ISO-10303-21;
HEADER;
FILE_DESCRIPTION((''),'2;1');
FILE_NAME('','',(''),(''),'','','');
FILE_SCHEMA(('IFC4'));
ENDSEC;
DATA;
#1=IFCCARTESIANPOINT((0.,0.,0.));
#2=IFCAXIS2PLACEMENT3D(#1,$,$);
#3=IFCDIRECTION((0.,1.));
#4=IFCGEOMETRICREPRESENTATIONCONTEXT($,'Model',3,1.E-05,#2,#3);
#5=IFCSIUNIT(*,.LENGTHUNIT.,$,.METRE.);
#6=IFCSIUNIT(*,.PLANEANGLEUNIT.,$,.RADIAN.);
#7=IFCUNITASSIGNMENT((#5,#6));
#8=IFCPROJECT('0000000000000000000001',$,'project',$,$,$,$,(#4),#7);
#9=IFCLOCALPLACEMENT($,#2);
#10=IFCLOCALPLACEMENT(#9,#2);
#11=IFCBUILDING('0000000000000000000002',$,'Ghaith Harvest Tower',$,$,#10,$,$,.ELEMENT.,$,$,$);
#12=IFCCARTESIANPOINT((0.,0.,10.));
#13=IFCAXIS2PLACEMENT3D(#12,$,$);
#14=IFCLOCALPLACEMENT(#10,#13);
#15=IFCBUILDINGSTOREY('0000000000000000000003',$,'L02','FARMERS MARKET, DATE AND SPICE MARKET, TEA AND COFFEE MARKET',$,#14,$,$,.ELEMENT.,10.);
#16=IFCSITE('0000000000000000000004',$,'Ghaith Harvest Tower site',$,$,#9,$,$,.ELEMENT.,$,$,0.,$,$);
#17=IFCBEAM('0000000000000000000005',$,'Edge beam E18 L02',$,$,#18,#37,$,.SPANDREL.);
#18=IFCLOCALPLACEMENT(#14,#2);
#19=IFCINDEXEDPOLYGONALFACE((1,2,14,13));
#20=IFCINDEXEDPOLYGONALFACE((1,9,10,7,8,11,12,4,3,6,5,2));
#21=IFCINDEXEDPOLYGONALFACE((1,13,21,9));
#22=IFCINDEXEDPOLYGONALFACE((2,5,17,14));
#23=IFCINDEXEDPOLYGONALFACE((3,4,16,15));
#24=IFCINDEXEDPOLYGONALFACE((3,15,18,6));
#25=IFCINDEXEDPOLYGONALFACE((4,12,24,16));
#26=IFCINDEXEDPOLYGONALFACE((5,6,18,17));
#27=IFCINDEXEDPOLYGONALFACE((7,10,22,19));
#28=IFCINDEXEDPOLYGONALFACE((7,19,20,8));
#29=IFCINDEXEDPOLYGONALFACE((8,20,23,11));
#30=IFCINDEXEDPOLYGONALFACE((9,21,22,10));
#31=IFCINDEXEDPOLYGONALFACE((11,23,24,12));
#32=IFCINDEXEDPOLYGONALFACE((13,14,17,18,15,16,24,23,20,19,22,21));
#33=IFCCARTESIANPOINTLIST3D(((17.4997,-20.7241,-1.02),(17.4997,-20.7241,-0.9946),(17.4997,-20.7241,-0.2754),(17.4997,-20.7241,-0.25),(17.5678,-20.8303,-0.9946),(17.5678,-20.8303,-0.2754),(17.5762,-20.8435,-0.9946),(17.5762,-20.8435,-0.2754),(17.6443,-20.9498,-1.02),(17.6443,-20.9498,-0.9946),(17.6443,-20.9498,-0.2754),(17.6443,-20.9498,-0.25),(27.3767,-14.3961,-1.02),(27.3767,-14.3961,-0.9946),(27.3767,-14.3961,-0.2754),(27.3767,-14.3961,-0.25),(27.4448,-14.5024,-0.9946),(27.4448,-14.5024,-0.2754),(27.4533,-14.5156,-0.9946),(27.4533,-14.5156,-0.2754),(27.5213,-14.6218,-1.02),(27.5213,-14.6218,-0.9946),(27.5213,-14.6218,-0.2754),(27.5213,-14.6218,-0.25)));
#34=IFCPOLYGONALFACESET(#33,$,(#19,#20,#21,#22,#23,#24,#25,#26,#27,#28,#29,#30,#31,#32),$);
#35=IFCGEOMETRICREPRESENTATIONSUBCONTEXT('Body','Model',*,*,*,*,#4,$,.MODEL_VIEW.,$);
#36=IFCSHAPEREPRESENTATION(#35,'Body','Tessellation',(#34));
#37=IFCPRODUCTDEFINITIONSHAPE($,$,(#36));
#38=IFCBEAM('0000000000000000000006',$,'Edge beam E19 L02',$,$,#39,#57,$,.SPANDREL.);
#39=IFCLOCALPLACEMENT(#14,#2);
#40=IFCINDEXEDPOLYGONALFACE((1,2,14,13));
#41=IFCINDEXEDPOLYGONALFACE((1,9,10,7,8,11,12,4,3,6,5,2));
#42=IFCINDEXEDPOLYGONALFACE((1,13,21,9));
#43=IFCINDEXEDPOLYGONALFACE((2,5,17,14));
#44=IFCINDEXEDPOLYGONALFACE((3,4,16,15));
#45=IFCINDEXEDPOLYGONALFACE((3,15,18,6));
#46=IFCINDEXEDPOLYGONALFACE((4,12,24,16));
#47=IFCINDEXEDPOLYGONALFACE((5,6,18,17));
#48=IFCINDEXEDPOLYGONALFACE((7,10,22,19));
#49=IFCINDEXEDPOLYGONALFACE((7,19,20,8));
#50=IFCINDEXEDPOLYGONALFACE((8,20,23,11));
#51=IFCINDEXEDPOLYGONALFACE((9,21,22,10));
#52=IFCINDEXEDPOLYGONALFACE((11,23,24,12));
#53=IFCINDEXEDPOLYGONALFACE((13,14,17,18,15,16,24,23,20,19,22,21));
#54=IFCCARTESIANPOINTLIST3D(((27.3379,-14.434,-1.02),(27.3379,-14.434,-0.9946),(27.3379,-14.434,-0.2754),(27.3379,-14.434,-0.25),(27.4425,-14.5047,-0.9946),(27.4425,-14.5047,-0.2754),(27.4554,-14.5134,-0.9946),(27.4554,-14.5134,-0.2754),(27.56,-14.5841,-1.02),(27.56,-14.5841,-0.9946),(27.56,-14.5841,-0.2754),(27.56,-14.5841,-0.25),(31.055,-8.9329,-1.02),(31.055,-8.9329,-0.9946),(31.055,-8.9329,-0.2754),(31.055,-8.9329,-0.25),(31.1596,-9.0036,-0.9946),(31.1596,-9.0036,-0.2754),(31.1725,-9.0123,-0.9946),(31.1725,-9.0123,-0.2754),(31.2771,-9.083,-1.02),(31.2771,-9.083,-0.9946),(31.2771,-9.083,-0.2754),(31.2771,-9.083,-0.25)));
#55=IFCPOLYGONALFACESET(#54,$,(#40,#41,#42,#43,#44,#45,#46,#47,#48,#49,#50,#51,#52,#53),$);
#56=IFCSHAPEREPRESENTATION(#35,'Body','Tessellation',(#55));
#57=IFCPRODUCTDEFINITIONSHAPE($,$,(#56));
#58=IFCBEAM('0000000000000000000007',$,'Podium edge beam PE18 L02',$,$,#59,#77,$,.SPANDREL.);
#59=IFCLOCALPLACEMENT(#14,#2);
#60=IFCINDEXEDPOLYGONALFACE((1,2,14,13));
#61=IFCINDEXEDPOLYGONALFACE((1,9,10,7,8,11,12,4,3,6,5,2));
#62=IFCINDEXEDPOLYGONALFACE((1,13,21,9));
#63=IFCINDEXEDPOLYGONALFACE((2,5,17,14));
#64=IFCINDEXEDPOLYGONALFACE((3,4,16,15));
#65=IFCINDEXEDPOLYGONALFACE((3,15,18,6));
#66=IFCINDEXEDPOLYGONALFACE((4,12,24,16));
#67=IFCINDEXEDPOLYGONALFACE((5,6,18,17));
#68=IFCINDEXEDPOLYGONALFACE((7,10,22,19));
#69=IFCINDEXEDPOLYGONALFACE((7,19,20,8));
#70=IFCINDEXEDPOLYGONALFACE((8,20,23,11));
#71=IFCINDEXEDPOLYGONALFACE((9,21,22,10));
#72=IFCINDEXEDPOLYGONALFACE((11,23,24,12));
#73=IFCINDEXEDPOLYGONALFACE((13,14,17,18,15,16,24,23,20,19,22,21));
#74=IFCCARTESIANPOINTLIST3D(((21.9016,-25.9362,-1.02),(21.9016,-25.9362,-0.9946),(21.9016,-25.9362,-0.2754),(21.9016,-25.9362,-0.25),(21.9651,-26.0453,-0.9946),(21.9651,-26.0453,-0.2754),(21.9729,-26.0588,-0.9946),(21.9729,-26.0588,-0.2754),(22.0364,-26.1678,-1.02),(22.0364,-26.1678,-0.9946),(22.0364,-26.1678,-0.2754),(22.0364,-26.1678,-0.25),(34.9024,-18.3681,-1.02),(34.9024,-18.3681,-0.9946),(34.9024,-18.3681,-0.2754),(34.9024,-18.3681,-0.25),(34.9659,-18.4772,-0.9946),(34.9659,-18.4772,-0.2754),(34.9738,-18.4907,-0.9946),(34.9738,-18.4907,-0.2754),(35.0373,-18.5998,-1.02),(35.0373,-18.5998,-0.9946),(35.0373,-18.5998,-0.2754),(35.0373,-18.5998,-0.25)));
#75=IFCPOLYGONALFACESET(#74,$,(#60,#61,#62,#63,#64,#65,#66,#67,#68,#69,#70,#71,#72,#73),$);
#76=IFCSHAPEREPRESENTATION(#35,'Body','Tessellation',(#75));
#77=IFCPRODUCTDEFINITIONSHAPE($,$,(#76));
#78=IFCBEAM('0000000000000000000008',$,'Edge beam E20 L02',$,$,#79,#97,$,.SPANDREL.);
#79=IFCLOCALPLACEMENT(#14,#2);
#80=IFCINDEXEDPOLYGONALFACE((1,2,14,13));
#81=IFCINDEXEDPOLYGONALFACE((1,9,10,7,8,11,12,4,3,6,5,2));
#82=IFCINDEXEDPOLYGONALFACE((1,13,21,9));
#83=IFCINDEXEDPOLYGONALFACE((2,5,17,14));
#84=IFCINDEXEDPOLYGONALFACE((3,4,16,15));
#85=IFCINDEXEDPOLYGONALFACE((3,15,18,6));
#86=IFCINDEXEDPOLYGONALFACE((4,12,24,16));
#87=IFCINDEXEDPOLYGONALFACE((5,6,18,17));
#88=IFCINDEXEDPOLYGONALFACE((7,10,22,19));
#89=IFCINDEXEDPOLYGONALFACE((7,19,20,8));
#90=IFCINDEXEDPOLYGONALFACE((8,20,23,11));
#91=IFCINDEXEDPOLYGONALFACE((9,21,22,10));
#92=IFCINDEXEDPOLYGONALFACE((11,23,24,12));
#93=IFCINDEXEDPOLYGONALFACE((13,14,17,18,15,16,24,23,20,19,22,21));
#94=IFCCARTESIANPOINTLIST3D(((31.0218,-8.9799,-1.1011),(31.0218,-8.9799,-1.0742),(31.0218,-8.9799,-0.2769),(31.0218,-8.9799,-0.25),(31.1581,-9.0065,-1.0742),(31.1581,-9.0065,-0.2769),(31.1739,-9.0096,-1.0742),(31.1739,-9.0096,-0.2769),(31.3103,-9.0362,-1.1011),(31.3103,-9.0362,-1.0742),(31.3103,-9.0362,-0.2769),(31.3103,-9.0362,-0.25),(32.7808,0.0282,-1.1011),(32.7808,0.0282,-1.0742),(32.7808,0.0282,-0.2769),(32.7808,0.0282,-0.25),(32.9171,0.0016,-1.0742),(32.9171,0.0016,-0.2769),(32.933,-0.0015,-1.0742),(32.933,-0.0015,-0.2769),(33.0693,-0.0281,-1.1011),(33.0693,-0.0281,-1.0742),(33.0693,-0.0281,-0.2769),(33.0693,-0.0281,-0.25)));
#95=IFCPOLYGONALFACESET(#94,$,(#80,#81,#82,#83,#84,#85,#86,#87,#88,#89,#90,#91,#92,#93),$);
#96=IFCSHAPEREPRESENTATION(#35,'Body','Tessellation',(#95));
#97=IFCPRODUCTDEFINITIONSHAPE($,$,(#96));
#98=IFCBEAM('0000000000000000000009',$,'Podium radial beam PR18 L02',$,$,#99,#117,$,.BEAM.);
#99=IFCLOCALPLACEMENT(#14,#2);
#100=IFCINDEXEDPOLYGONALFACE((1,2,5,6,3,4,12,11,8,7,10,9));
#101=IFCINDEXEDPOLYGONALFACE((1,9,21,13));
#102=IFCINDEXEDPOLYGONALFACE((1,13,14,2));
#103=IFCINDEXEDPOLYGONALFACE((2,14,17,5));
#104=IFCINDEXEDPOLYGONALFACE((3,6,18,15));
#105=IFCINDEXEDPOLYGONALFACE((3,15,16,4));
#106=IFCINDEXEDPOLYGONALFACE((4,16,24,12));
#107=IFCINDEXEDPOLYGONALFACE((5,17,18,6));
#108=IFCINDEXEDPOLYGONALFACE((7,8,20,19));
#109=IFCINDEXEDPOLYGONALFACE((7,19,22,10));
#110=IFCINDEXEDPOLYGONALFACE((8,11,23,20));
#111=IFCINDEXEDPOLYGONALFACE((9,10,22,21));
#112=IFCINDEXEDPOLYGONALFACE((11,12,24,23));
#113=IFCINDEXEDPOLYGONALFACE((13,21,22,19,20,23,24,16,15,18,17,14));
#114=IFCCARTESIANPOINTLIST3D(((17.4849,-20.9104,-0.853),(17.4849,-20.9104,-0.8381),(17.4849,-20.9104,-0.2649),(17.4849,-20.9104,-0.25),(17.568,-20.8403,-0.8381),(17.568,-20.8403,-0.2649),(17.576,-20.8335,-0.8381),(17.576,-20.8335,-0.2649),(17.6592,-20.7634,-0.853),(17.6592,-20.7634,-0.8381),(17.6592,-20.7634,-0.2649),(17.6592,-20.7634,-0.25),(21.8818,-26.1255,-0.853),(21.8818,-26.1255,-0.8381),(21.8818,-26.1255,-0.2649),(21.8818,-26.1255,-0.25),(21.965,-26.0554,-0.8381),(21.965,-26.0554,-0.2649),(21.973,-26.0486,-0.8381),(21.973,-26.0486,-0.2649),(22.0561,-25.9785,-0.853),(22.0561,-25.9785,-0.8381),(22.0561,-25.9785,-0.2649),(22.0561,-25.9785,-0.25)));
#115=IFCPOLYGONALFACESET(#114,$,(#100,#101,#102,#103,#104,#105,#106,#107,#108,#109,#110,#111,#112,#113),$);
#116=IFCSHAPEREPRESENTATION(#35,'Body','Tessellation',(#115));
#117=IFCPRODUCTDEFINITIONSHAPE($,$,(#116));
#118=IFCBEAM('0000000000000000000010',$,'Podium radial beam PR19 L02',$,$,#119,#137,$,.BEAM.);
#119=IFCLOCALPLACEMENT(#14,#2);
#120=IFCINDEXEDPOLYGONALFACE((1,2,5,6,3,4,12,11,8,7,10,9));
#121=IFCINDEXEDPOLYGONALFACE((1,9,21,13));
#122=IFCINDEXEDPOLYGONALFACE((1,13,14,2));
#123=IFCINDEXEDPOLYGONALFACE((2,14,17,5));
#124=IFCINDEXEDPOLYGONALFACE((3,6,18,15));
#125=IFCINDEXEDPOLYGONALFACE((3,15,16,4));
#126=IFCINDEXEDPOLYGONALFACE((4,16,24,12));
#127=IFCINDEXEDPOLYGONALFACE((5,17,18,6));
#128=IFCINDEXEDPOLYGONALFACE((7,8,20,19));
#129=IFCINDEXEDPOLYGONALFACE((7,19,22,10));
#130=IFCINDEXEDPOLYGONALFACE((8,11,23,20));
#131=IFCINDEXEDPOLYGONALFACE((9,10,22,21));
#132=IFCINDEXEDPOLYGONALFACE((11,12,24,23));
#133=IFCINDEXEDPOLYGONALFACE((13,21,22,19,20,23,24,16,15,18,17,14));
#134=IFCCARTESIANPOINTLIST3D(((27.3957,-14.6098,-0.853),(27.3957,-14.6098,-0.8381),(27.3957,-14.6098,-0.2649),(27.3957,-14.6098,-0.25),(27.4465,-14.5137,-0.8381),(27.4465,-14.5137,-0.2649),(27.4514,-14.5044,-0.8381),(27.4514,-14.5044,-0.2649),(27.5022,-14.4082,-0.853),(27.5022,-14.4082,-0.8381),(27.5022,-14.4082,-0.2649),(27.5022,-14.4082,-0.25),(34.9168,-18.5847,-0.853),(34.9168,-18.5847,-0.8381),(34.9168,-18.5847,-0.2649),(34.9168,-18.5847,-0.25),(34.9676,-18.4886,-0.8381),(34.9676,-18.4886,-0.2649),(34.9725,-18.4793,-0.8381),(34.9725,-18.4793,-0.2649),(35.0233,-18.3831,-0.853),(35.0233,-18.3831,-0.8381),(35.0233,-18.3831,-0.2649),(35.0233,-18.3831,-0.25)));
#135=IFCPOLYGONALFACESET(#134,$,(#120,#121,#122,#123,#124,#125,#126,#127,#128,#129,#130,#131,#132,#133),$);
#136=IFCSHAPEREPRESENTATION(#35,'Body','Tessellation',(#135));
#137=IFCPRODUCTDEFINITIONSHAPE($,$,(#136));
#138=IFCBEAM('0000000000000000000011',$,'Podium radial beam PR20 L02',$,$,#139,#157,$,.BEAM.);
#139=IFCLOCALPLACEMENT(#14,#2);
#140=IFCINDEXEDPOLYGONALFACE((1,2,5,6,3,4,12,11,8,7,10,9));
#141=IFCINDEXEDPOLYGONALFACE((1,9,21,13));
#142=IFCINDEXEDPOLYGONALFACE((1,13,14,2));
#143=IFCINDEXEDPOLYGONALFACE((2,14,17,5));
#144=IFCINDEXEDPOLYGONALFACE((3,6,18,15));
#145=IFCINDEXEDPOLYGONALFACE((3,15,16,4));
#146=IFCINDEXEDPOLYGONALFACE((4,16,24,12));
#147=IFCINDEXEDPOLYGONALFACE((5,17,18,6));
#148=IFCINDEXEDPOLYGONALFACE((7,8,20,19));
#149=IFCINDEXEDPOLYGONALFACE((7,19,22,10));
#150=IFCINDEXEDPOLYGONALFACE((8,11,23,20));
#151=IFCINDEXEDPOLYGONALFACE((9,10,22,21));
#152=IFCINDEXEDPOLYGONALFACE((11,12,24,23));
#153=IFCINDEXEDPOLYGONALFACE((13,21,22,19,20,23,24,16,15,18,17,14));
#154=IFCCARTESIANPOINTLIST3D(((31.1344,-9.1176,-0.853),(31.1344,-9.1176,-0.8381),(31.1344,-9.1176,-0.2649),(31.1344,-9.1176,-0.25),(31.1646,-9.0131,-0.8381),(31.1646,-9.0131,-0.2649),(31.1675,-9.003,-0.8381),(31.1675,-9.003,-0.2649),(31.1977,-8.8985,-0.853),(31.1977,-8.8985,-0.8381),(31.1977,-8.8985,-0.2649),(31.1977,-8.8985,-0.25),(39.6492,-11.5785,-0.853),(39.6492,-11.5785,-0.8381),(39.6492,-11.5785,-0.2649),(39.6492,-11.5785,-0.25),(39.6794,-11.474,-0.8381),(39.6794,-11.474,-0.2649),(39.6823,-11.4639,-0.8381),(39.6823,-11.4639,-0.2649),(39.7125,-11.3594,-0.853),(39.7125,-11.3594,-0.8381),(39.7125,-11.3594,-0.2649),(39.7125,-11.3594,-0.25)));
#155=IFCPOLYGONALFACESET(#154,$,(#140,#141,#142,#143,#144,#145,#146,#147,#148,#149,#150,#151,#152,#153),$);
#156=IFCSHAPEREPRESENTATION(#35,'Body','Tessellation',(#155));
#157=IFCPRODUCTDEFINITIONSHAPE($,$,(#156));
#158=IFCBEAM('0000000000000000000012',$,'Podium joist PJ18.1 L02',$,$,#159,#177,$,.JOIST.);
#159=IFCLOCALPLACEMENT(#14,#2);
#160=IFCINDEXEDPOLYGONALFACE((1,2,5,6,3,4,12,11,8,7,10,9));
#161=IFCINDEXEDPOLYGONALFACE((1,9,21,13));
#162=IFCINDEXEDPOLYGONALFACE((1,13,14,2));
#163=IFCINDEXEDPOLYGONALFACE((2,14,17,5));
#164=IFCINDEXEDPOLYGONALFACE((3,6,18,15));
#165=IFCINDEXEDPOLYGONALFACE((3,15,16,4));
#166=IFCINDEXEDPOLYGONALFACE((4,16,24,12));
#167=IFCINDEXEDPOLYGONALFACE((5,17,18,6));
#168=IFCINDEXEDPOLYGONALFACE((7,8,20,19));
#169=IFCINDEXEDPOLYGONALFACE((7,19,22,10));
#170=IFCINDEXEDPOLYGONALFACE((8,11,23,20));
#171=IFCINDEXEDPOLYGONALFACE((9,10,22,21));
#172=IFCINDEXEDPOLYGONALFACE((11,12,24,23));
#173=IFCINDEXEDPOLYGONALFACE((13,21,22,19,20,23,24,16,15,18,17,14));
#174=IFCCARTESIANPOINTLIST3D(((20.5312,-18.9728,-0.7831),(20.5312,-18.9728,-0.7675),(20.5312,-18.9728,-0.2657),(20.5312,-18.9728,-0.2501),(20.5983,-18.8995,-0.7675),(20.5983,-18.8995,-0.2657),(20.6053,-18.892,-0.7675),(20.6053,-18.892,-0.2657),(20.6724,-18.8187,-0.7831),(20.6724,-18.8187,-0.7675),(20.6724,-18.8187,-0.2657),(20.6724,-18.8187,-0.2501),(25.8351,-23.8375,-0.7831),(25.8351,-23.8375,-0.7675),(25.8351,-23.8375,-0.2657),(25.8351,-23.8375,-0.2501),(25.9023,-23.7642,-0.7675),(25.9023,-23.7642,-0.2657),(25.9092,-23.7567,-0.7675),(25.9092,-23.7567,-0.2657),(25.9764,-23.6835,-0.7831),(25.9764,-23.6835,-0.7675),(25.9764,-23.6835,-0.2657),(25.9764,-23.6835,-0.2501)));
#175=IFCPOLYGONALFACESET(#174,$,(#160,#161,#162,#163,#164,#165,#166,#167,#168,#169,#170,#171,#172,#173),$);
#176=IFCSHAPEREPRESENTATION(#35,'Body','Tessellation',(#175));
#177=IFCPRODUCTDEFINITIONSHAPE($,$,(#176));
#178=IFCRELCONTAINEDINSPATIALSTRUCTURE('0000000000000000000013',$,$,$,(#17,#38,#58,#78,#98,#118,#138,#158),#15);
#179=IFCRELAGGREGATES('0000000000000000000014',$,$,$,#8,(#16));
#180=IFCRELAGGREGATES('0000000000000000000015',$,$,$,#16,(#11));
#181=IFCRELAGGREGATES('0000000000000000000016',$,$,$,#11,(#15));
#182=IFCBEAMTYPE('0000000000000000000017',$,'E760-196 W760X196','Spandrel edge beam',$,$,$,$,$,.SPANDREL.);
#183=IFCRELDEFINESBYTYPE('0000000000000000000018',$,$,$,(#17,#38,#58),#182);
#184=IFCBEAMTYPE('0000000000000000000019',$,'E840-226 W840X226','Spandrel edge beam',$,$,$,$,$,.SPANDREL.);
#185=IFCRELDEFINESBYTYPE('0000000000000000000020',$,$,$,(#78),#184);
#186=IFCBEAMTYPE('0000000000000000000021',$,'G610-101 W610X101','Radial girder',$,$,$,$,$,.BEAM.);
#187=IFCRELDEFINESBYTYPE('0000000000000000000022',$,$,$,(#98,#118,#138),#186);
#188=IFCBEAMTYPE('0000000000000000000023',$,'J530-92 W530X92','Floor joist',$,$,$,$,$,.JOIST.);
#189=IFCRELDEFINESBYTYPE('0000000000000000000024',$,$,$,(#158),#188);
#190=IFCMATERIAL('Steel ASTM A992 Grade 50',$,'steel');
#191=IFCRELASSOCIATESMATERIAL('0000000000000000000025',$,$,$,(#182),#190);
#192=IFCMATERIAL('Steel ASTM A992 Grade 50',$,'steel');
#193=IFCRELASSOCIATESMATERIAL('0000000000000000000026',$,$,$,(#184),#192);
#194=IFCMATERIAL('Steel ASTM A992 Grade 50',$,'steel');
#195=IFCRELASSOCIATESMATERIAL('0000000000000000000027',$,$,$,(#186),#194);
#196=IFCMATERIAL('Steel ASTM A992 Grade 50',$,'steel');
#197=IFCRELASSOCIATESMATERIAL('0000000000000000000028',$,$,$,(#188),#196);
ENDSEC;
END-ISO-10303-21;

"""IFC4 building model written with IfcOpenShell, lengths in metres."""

from ifc_helpers import new_model, si_unit, direction, frame, origin, origin_2d, place, context, subcontext, project, spatial, i_section, extrude, material, material_profile, profile_set, type_object, element, save


model = new_model("IFC4")

# Units and contexts
model_context = context("Model", 3, precision=1e-05, world=origin(), true_north=direction((0.0, 1.0)))
body_context = subcontext(model_context, "Body", "Model", "MODEL_VIEW")
ifc_project = project(units=[si_unit("LENGTHUNIT", "METRE"), si_unit("PLANEANGLEUNIT", "RADIAN")], contexts=[model_context])

# Site, building, storey
site_placement = place(None, origin())
site = spatial("IfcSite", under=ifc_project, at=site_placement, Name="Ghaith Harvest Tower site", CompositionType="ELEMENT", RefElevation=0.0)
building_placement = place(site_placement, origin())
building = spatial("IfcBuilding", under=site, at=building_placement, Name="Ghaith Harvest Tower", CompositionType="ELEMENT")
storey_placement = place(building_placement, frame((0.0, 0.0, 10.0)))
storey = spatial("IfcBuildingStorey", under=building, at=storey_placement, Name="L02", Description="FARMERS MARKET, DATE AND SPICE MARKET, TEA AND COFFEE MARKET", CompositionType="ELEMENT", Elevation=10.0)

# Beams
ifc_material_1 = material(Name="Steel ASTM A992 Grade 50", Category="steel")
ifc_material_profile_1 = material_profile(ifc_material_1, i_section(OverallWidth=0.2681, OverallDepth=0.77, WebThickness=0.0156, FlangeThickness=0.0254, at=origin_2d()), Name="W760X196")
ifc_profile_set_1 = profile_set([ifc_material_profile_1], Name="Steel ASTM A992 Grade 50")
beam_type_1 = type_object("IfcBeamType", Name="E760-196 W760X196", Description="Spandrel edge beam", PredefinedType="SPANDREL", material=ifc_profile_set_1)
beam_1_placement = place(storey_placement, frame((17.572, -20.8369, -0.635), z_axis=(0.842015, 0.539455, 0.0), x_axis=(-0.539455, 0.842015, 0.0)))
element("IfcBeam", 1, at=beam_1_placement, inside=storey, type_object=beam_type_1, Name="Edge beam E18 L02", PredefinedType="SPANDREL", context=body_context, shape_type="SweptSolid", body=[
    extrude(i_section(OverallWidth=0.2681, OverallDepth=0.77, WebThickness=0.0156, FlangeThickness=0.0254, at=origin_2d()), origin(), (0.0, 0.0, 1.0), 11.7302),
])
beam_2_placement = place(storey_placement, frame((27.449, -14.509, -0.635), z_axis=(0.559874, 0.828577, 0.0), x_axis=(-0.828577, 0.559874, 0.0)))
element("IfcBeam", 2, at=beam_2_placement, inside=storey, type_object=beam_type_1, Name="Edge beam E19 L02", PredefinedType="SPANDREL", context=body_context, shape_type="SweptSolid", body=[
    extrude(i_section(OverallWidth=0.2681, OverallDepth=0.77, WebThickness=0.0156, FlangeThickness=0.0254, at=origin_2d()), origin(), (0.0, 0.0, 1.0), 6.6392),
])
beam_3_placement = place(storey_placement, frame((21.969, -26.052, -0.635), z_axis=(0.864235, 0.503088, 0.0), x_axis=(-0.503088, 0.864235, 0.0)))
element("IfcBeam", 3, at=beam_3_placement, inside=storey, type_object=beam_type_1, Name="Podium edge beam PE18 L02", PredefinedType="SPANDREL", context=body_context, shape_type="SweptSolid", body=[
    extrude(i_section(OverallWidth=0.2681, OverallDepth=0.77, WebThickness=0.0156, FlangeThickness=0.0254, at=origin_2d()), origin(), (0.0, 0.0, 1.0), 15.0432),
])
ifc_material_2 = material(Name="Steel ASTM A992 Grade 50", Category="steel")
ifc_material_profile_2 = material_profile(ifc_material_2, i_section(OverallWidth=0.2939, OverallDepth=0.8511, WebThickness=0.0161, FlangeThickness=0.0269, at=origin_2d()), Name="W840X226")
ifc_profile_set_2 = profile_set([ifc_material_profile_2], Name="Steel ASTM A992 Grade 50")
beam_type_2 = type_object("IfcBeamType", Name="E840-226 W840X226", Description="Spandrel edge beam", PredefinedType="SPANDREL", material=ifc_profile_set_2)
beam_4_placement = place(storey_placement, frame((31.166, -9.0081, -0.6755), z_axis=(0.191653, 0.981463, 0.0), x_axis=(-0.981463, 0.191653, 0.0)))
element("IfcBeam", 4, at=beam_4_placement, inside=storey, type_object=beam_type_2, Name="Edge beam E20 L02", PredefinedType="SPANDREL", context=body_context, shape_type="SweptSolid", body=[
    extrude(i_section(OverallWidth=0.2939, OverallDepth=0.8511, WebThickness=0.0161, FlangeThickness=0.0269, at=origin_2d()), origin(), (0.0, 0.0, 1.0), 9.1782),
])
ifc_material_3 = material(Name="Steel ASTM A992 Grade 50", Category="steel")
ifc_material_profile_3 = material_profile(ifc_material_3, i_section(OverallWidth=0.228, OverallDepth=0.603, WebThickness=0.0105, FlangeThickness=0.0149, at=origin_2d()), Name="W610X101")
ifc_profile_set_3 = profile_set([ifc_material_profile_3], Name="Steel ASTM A992 Grade 50")
beam_type_3 = type_object("IfcBeamType", Name="G610-101 W610X101", Description="Radial girder", PredefinedType="BEAM", material=ifc_profile_set_3)
beam_5_placement = place(storey_placement, frame((17.572, -20.8369, -0.5515), z_axis=(0.644592, -0.764527, 0.0), x_axis=(0.764527, 0.644592, 0.0)))
element("IfcBeam", 5, at=beam_5_placement, inside=storey, type_object=beam_type_3, Name="Podium radial beam PR18 L02", PredefinedType="BEAM", context=body_context, shape_type="SweptSolid", body=[
    extrude(i_section(OverallWidth=0.228, OverallDepth=0.603, WebThickness=0.0105, FlangeThickness=0.0149, at=origin_2d()), origin(), (0.0, 0.0, 1.0), 6.8213),
])
beam_6_placement = place(storey_placement, frame((27.449, -14.509, -0.5515), z_axis=(0.884121, -0.467259, 0.0), x_axis=(0.467259, 0.884121, 0.0)))
element("IfcBeam", 6, at=beam_6_placement, inside=storey, type_object=beam_type_3, Name="Podium radial beam PR19 L02", PredefinedType="BEAM", context=body_context, shape_type="SweptSolid", body=[
    extrude(i_section(OverallWidth=0.228, OverallDepth=0.603, WebThickness=0.0105, FlangeThickness=0.0149, at=origin_2d()), origin(), (0.0, 0.0, 1.0), 8.5068),
])
beam_7_placement = place(storey_placement, frame((31.166, -9.0081, -0.5515), z_axis=(0.960682, -0.277652, 0.0), x_axis=(0.277652, 0.960682, 0.0)))
element("IfcBeam", 7, at=beam_7_placement, inside=storey, type_object=beam_type_3, Name="Podium radial beam PR20 L02", PredefinedType="BEAM", context=body_context, shape_type="SweptSolid", body=[
    extrude(i_section(OverallWidth=0.228, OverallDepth=0.603, WebThickness=0.0105, FlangeThickness=0.0149, at=origin_2d()), origin(), (0.0, 0.0, 1.0), 8.8633),
])
ifc_material_4 = material(Name="Steel ASTM A992 Grade 50", Category="steel")
ifc_material_profile_4 = material_profile(ifc_material_4, i_section(OverallWidth=0.209, OverallDepth=0.533, WebThickness=0.0103, FlangeThickness=0.0156, at=origin_2d()), Name="W530X92")
ifc_profile_set_4 = profile_set([ifc_material_profile_4], Name="Steel ASTM A992 Grade 50")
beam_type_4 = type_object("IfcBeamType", Name="J530-92 W530X92", Description="Floor joist", PredefinedType="JOIST", material=ifc_profile_set_4)
beam_8_placement = place(storey_placement, frame((20.6018, -18.8958, -0.5166), z_axis=(0.736961, -0.675935, 0.0), x_axis=(0.675935, 0.736961, 0.0)))
element("IfcBeam", 8, at=beam_8_placement, inside=storey, type_object=beam_type_4, Name="Podium joist PJ18.1 L02", PredefinedType="JOIST", context=body_context, shape_type="SweptSolid", body=[
    extrude(i_section(OverallWidth=0.209, OverallDepth=0.533, WebThickness=0.0103, FlangeThickness=0.0156, at=origin_2d()), origin(), (0.0, 0.0, 1.0), 7.197),
])

save(model, "model.ifc")
